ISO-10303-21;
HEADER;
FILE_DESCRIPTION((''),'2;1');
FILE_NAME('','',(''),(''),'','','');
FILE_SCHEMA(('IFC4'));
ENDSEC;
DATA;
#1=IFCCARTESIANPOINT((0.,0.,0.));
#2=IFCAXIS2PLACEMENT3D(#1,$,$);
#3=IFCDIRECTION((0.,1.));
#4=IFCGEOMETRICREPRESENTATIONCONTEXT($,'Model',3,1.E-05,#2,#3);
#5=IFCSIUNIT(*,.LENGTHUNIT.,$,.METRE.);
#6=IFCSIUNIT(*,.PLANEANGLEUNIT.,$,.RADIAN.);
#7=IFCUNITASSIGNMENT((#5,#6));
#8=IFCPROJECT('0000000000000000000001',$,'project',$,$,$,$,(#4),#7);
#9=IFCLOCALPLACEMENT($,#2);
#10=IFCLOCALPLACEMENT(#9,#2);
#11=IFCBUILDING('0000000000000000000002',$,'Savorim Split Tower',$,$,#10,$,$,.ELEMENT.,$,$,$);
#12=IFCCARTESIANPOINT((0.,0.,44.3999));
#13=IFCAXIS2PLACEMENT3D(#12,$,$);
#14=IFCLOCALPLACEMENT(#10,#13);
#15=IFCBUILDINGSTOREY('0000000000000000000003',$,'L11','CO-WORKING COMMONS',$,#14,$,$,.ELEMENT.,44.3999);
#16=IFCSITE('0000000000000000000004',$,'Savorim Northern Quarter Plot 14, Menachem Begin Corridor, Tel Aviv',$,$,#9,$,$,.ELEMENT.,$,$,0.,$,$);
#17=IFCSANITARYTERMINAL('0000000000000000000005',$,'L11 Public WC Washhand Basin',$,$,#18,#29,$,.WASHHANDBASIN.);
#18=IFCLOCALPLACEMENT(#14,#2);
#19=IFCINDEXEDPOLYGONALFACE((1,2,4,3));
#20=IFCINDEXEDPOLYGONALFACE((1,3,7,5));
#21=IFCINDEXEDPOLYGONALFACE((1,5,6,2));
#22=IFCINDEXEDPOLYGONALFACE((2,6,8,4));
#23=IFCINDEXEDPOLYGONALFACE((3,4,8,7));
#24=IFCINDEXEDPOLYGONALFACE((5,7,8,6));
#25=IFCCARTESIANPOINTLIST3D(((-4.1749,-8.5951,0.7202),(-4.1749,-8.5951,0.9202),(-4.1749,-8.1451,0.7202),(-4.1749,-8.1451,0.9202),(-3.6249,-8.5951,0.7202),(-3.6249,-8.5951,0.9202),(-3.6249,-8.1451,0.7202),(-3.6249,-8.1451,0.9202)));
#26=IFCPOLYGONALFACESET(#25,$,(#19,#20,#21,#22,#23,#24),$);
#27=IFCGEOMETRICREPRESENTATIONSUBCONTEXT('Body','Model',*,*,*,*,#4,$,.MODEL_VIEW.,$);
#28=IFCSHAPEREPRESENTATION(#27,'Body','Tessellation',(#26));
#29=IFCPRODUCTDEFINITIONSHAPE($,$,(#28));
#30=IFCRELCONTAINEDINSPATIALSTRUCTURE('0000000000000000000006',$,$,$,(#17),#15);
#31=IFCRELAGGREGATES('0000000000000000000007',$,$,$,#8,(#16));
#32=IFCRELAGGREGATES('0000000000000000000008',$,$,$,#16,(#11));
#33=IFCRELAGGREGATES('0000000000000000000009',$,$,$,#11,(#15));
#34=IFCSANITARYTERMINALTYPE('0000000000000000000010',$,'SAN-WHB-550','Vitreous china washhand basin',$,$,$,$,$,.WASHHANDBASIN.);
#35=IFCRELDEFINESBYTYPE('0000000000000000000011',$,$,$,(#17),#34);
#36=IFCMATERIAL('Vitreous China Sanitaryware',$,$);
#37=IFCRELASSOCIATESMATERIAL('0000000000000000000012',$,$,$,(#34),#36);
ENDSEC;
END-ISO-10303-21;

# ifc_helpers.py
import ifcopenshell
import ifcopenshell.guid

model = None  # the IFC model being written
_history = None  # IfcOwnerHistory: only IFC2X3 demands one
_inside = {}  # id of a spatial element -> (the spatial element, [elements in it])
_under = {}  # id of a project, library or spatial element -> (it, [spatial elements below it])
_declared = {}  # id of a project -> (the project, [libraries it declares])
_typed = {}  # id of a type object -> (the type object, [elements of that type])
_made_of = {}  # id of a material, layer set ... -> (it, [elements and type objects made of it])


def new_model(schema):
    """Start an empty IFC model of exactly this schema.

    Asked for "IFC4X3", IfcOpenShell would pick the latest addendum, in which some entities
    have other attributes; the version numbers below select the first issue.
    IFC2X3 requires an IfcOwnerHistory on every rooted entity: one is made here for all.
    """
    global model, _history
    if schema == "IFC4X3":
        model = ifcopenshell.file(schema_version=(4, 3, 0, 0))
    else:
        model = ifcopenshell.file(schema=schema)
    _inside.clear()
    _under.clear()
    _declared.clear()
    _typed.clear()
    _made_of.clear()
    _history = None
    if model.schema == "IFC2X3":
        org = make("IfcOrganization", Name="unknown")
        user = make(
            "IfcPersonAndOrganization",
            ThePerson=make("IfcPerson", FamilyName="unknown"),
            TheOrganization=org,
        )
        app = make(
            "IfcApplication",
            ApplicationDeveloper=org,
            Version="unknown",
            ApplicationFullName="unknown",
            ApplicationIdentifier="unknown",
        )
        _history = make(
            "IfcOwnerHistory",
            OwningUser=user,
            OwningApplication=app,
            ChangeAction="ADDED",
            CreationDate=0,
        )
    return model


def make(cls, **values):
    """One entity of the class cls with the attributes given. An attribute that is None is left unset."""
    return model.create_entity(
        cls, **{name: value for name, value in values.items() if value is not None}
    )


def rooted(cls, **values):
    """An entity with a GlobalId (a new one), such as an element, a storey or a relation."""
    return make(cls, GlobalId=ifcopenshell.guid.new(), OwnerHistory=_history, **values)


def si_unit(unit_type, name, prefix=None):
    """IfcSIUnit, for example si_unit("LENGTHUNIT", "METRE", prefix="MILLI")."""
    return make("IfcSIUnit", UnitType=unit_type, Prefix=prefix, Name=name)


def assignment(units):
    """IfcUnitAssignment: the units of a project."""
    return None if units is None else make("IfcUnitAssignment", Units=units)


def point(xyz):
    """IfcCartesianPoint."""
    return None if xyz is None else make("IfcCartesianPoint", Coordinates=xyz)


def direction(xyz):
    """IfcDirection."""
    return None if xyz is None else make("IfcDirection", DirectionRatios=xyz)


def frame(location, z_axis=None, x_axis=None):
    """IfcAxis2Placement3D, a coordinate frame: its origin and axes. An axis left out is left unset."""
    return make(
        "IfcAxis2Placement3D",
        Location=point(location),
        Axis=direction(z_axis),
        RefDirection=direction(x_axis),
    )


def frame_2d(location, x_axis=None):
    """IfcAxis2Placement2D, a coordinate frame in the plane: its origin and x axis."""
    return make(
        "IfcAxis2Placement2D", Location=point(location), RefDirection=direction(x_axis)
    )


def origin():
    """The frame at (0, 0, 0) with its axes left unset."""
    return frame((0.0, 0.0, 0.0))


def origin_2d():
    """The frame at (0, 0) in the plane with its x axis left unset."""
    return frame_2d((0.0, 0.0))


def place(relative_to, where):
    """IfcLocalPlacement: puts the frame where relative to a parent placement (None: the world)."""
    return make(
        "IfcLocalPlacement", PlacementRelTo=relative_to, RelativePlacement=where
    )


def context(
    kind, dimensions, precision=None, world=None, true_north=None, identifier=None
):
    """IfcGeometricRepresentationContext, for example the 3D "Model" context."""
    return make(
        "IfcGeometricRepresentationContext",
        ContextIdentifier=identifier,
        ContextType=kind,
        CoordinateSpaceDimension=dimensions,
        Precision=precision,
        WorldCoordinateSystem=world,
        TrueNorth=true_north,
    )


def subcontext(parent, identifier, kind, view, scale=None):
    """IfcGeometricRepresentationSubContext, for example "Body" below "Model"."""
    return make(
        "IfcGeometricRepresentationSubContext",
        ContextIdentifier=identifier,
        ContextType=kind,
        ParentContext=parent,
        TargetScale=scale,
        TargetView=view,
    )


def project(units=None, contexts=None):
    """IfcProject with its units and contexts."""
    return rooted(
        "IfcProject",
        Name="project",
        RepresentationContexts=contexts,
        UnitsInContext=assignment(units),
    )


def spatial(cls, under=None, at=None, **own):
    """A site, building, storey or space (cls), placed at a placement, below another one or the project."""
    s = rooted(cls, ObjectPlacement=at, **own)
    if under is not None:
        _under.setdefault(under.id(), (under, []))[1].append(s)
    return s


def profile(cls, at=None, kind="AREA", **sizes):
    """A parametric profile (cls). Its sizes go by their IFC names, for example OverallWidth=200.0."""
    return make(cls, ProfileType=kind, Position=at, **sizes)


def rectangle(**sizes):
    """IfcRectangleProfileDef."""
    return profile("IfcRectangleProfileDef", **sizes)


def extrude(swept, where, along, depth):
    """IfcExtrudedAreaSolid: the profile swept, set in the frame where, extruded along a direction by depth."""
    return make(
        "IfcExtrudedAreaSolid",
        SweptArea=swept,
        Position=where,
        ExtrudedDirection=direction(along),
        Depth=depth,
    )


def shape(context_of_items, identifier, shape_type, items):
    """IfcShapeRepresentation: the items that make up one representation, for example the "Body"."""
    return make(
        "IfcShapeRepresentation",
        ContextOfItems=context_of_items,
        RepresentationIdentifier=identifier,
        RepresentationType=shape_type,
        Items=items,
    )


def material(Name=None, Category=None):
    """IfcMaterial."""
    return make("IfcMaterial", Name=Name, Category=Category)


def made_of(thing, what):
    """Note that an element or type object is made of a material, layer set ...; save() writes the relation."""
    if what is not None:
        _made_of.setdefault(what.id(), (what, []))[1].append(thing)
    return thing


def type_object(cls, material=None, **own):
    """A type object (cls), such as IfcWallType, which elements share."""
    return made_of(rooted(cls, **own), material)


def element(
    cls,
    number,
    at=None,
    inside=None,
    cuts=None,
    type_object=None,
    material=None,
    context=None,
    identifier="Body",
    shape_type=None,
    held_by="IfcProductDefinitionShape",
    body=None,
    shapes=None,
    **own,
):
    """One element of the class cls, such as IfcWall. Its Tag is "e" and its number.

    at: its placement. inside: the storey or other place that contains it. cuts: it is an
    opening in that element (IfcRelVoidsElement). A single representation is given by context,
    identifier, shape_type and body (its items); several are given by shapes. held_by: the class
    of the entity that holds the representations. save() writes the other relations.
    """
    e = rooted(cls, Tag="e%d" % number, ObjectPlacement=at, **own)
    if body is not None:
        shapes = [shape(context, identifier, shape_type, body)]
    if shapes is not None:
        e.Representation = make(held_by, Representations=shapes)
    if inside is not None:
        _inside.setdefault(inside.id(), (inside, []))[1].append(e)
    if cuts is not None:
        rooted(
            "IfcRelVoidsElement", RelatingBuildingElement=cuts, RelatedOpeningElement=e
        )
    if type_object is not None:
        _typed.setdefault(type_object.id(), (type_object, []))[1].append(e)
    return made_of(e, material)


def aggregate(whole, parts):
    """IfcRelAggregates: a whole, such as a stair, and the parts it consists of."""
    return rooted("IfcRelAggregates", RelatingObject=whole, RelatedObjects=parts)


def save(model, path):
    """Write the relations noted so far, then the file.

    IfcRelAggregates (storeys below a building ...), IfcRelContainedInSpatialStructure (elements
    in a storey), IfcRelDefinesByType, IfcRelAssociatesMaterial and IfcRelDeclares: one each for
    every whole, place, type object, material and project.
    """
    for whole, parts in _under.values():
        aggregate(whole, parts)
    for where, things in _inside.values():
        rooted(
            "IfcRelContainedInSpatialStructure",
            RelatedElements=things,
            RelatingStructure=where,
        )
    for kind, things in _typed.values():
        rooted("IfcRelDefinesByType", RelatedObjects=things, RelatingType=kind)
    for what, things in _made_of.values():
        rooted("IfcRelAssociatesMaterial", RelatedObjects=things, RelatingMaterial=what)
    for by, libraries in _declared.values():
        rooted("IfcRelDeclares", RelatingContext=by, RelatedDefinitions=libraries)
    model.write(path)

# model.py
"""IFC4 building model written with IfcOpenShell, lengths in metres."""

from ifc_helpers import new_model, si_unit, direction, frame, origin, origin_2d, place, context, subcontext, project, spatial, rectangle, extrude, material, type_object, element, save


model = new_model("IFC4")

# Units and contexts
model_context = context("Model", 3, precision=1e-05, world=origin(), true_north=direction((0.0, 1.0)))
body_context = subcontext(model_context, "Body", "Model", "MODEL_VIEW")
ifc_project = project(units=[si_unit("LENGTHUNIT", "METRE"), si_unit("PLANEANGLEUNIT", "RADIAN")], contexts=[model_context])

# Site, building, storey
site_placement = place(None, origin())
site = spatial("IfcSite", under=ifc_project, at=site_placement, Name="Savorim Northern Quarter Plot 14, Menachem Begin Corridor, Tel Aviv", CompositionType="ELEMENT", RefElevation=0.0)
building_placement = place(site_placement, origin())
building = spatial("IfcBuilding", under=site, at=building_placement, Name="Savorim Split Tower", CompositionType="ELEMENT")
storey_placement = place(building_placement, frame((0.0, 0.0, 44.3999)))
storey = spatial("IfcBuildingStorey", under=building, at=storey_placement, Name="L11", Description="CO-WORKING COMMONS", CompositionType="ELEMENT", Elevation=44.3999)

# Sanitary terminal
ifc_material_1 = material(Name="Vitreous China Sanitaryware")
sanitary_terminal_type_1 = type_object("IfcSanitaryTerminalType", Name="SAN-WHB-550", Description="Vitreous china washhand basin", PredefinedType="WASHHANDBASIN", material=ifc_material_1)
sanitary_terminal_1_placement = place(storey_placement, frame((-3.8999, -8.3701, 0.7202), z_axis=(0.0, 0.0, 1.0), x_axis=(1.0, 0.0, 0.0)))
element("IfcSanitaryTerminal", 1, at=sanitary_terminal_1_placement, inside=storey, type_object=sanitary_terminal_type_1, Name="L11 Public WC Washhand Basin", PredefinedType="WASHHANDBASIN", context=body_context, shape_type="SweptSolid", body=[
    extrude(rectangle(XDim=0.55, YDim=0.45, at=origin_2d()), origin(), (0.0, 0.0, 1.0), 0.2),
])

save(model, "model.ifc")
